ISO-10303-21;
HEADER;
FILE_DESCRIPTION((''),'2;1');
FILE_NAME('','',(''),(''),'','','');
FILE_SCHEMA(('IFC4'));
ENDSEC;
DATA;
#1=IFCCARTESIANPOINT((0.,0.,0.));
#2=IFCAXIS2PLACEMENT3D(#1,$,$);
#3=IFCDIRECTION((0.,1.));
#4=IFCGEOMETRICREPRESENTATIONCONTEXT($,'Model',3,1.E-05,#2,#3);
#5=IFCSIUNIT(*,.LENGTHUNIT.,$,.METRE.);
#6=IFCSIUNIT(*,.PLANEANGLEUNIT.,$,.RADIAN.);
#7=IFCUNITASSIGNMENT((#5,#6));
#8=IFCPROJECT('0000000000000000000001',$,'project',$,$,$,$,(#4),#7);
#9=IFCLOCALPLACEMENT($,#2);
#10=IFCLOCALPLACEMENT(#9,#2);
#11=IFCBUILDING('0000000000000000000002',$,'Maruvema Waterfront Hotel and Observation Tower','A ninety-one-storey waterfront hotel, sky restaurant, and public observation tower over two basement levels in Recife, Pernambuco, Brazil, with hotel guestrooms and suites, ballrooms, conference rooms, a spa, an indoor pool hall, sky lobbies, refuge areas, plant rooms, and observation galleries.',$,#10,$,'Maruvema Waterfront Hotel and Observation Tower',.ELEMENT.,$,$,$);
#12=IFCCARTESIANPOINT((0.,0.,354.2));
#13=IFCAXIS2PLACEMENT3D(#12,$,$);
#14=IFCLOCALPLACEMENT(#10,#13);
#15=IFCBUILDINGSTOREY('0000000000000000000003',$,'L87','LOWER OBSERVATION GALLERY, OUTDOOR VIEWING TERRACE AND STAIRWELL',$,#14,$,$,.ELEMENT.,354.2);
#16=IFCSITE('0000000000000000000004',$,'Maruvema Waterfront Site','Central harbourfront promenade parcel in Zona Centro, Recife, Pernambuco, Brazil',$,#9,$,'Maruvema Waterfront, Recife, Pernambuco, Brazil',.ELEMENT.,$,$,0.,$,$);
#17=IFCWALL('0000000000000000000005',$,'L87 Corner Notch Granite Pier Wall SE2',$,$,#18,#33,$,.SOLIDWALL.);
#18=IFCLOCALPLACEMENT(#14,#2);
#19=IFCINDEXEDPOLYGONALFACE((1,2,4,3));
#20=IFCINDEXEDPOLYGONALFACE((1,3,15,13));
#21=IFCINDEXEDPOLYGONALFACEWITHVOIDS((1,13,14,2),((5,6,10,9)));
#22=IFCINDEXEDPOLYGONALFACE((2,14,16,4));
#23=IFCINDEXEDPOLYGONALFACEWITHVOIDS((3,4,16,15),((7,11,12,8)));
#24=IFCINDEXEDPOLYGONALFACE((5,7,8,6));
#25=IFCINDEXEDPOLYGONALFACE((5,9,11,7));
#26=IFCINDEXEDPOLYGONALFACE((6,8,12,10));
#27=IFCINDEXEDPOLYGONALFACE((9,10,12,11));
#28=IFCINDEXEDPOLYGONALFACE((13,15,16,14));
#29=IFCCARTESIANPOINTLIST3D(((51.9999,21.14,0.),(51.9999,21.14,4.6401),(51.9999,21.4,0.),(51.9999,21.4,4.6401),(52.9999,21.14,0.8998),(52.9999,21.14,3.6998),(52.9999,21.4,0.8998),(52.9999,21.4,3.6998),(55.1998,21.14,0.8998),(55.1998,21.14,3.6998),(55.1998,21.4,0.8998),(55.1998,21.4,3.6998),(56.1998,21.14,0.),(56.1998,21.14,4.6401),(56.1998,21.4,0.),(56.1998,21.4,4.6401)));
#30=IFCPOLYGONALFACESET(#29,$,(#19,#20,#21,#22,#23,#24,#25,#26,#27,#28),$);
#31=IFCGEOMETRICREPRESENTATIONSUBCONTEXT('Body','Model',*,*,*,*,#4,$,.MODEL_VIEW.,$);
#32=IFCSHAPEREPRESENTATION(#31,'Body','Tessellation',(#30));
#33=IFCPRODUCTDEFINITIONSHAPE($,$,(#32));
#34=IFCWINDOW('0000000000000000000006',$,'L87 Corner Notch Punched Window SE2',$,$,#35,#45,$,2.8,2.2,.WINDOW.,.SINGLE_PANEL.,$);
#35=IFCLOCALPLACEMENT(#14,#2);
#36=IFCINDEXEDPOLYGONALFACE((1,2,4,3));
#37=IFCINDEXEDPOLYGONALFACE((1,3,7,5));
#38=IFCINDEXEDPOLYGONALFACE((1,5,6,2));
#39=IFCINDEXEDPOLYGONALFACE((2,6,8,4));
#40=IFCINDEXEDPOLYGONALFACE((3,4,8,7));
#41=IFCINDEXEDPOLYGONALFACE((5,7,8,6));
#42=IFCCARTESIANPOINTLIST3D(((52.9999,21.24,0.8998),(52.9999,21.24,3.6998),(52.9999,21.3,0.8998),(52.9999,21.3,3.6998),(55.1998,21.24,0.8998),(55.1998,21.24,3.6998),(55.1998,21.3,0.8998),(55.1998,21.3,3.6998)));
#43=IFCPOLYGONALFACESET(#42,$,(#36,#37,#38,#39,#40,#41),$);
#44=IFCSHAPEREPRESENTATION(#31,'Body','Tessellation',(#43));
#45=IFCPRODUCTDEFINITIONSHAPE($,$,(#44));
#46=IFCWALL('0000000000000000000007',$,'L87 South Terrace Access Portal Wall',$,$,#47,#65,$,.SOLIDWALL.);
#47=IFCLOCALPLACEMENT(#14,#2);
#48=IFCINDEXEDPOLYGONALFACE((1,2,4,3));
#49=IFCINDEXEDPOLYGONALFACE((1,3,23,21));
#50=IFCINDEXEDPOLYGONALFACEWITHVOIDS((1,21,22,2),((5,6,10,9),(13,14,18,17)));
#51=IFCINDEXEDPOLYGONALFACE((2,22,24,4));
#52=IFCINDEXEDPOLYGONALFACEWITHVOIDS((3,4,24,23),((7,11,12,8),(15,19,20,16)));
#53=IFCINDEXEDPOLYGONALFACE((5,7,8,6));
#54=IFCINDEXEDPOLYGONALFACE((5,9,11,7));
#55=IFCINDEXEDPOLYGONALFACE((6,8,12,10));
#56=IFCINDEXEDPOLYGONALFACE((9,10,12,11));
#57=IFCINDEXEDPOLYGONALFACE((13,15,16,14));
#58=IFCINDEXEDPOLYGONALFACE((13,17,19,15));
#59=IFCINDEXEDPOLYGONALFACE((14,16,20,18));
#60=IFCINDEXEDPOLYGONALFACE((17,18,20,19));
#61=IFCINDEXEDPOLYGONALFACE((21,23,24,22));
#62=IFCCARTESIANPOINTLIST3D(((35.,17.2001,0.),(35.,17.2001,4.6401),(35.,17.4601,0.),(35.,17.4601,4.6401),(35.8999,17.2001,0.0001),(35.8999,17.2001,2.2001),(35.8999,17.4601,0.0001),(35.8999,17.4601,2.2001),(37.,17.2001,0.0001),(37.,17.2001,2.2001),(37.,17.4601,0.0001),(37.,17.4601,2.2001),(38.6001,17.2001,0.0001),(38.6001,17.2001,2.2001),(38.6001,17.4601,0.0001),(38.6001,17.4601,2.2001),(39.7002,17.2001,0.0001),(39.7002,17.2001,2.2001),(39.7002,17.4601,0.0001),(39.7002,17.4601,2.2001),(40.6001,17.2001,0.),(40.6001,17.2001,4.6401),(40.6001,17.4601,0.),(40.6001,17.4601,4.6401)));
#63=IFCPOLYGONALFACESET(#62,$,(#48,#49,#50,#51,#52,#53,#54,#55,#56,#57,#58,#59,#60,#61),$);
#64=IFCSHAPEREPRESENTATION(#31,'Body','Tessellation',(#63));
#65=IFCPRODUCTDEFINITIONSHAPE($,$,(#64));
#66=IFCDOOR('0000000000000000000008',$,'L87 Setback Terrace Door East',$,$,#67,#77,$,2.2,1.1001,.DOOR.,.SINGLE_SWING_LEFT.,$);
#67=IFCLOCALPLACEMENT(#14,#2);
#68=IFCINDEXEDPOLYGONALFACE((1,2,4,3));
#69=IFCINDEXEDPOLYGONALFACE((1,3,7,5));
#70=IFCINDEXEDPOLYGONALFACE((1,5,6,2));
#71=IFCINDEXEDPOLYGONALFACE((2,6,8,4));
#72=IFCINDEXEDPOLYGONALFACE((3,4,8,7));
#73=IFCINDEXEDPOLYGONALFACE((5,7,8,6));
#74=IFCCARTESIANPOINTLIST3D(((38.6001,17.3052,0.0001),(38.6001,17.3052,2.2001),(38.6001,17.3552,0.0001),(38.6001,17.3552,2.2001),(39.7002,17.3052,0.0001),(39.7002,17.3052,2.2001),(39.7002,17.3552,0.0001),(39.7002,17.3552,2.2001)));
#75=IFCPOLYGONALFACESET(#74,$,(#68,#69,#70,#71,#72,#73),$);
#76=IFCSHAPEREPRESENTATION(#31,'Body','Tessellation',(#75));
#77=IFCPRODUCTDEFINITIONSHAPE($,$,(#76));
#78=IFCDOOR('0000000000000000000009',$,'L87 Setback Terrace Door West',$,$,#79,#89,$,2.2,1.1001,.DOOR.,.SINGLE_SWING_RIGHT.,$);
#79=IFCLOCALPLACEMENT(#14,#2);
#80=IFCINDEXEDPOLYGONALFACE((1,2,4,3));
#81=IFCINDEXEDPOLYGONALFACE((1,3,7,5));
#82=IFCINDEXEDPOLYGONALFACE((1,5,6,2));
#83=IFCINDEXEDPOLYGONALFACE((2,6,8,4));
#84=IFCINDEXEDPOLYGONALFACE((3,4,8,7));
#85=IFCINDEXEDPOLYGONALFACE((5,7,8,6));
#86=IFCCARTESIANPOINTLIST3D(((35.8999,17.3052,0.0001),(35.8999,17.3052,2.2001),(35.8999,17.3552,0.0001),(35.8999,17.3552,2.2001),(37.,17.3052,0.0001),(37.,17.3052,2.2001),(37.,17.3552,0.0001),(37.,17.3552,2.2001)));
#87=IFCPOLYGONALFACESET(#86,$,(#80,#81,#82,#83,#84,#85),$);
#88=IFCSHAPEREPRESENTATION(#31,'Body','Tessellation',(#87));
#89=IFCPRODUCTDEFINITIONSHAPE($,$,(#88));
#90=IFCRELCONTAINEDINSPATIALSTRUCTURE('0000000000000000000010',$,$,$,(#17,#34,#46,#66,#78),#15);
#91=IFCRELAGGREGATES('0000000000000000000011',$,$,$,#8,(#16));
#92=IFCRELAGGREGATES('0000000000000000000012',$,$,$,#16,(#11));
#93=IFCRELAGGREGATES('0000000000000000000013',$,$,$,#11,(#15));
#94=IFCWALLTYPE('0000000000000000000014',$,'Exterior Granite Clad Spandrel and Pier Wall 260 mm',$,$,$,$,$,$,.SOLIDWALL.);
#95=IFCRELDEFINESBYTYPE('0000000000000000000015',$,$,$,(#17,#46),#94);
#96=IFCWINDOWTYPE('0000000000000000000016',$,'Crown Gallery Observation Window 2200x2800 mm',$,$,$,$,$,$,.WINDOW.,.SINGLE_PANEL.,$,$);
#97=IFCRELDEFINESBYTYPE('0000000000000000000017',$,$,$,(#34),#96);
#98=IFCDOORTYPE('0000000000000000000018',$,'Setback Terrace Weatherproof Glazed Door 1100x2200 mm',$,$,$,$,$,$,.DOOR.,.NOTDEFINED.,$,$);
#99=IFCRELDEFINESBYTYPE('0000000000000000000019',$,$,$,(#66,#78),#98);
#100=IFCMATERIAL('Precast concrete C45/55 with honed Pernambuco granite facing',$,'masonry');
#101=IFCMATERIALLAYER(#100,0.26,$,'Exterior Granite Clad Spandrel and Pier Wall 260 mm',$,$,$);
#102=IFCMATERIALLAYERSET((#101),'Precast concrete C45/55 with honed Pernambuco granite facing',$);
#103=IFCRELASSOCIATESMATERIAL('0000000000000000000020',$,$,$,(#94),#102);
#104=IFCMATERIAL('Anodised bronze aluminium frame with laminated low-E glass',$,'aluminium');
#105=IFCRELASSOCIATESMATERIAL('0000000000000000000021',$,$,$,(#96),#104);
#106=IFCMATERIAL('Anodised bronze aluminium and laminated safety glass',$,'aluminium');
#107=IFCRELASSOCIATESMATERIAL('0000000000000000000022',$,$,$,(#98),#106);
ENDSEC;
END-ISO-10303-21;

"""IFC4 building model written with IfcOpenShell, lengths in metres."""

from ifc_helpers import new_model, si_unit, direction, frame, frame_2d, origin, place, context, subcontext, project, spatial, rectangle, extrude, material, layer, layer_set, type_object, element, fill, save


model = new_model("IFC4")

# Units and contexts
model_context = context("Model", 3, precision=1e-05, world=origin(), true_north=direction((0.0, 1.0)))
body_context = subcontext(model_context, "Body", "Model", "MODEL_VIEW")
ifc_project = project(units=[si_unit("LENGTHUNIT", "METRE"), si_unit("PLANEANGLEUNIT", "RADIAN")], contexts=[model_context])

# Site, building, storey
site_placement = place(None, origin())
site = spatial("IfcSite", under=ifc_project, at=site_placement, Name="Maruvema Waterfront Site", Description="Central harbourfront promenade parcel in Zona Centro, Recife, Pernambuco, Brazil", LongName="Maruvema Waterfront, Recife, Pernambuco, Brazil", CompositionType="ELEMENT", RefElevation=0.0)
building_placement = place(site_placement, origin())
building = spatial("IfcBuilding", under=site, at=building_placement, Name="Maruvema Waterfront Hotel and Observation Tower", Description="A ninety-one-storey waterfront hotel, sky restaurant, and public observation tower over two basement levels in Recife, Pernambuco, Brazil, with hotel guestrooms and suites, ballrooms, conference rooms, a spa, an indoor pool hall, sky lobbies, refuge areas, plant rooms, and observation galleries.", LongName="Maruvema Waterfront Hotel and Observation Tower", CompositionType="ELEMENT")
storey_placement = place(building_placement, frame((0.0, 0.0, 354.2)))
storey = spatial("IfcBuildingStorey", under=building, at=storey_placement, Name="L87", Description="LOWER OBSERVATION GALLERY, OUTDOOR VIEWING TERRACE AND STAIRWELL", CompositionType="ELEMENT", Elevation=354.2)

# Shared definitions
ifc_material_1 = material(Name="Precast concrete C45/55 with honed Pernambuco granite facing", Category="masonry")
ifc_layer_1 = layer(ifc_material_1, 0.26, Name="Exterior Granite Clad Spandrel and Pier Wall 260 mm")
ifc_layer_set_1 = layer_set([ifc_layer_1], Name="Precast concrete C45/55 with honed Pernambuco granite facing")
wall_type_1 = type_object("IfcWallType", Name="Exterior Granite Clad Spandrel and Pier Wall 260 mm", PredefinedType="SOLIDWALL", material=ifc_layer_set_1)

# Wall, opening, window
wall_1_placement = place(storey_placement, frame((56.2, 21.27, 0.0), z_axis=(0.0, 0.0, 1.0), x_axis=(-1.0, 0.0, 0.0)))
wall_1 = element("IfcWall", 1, at=wall_1_placement, inside=storey, type_object=wall_type_1, Name="L87 Corner Notch Granite Pier Wall SE2", PredefinedType="SOLIDWALL", context=body_context, shape_type="SweptSolid", body=[
    extrude(rectangle(XDim=4.2, YDim=0.26, at=frame_2d((2.1001, 0.0))), origin(), (0.0, 0.0, 1.0), 4.6401),
])
opening_1_placement = place(wall_1_placement, frame((1.0, 0.0, 0.8999)))
opening_1 = element("IfcOpeningElement", 2, at=opening_1_placement, cuts=wall_1, PredefinedType="OPENING", context=body_context, shape_type="SweptSolid", body=[
    extrude(rectangle(XDim=2.2, YDim=2.8, at=frame_2d((1.1001, 1.3999))), frame((0.0, 0.1401, 0.0), z_axis=(0.0, -1.0, 0.0), x_axis=(1.0, 0.0, 0.0)), (0.0, 0.0, 1.0), 0.28),
])
ifc_material_2 = material(Name="Anodised bronze aluminium frame with laminated low-E glass", Category="aluminium")
window_type = type_object("IfcWindowType", Name="Crown Gallery Observation Window 2200x2800 mm", PartitioningType="SINGLE_PANEL", PredefinedType="WINDOW", material=ifc_material_2)
window_placement = place(opening_1_placement, origin())
window = element("IfcWindow", 3, at=window_placement, inside=storey, type_object=window_type, Name="L87 Corner Notch Punched Window SE2", OverallHeight=2.8, OverallWidth=2.2, PartitioningType="SINGLE_PANEL", PredefinedType="WINDOW", context=body_context, shape_type="SweptSolid", body=[
    extrude(rectangle(XDim=2.2, YDim=2.8, at=frame_2d((1.1001, 1.3999))), frame((0.0, 0.03, 0.0), z_axis=(0.0, -1.0, 0.0), x_axis=(1.0, 0.0, 0.0)), (0.0, 0.0, 1.0), 0.0601),
])
fill(opening_1, window)

# Wall, openings, doors
wall_2_placement = place(storey_placement, frame((40.6001, 17.3301, 0.0), z_axis=(0.0, 0.0, 1.0), x_axis=(-1.0, 0.0, 0.0)))
wall_2 = element("IfcWall", 4, at=wall_2_placement, inside=storey, type_object=wall_type_1, Name="L87 South Terrace Access Portal Wall", PredefinedType="SOLIDWALL", context=body_context, shape_type="SweptSolid", body=[
    extrude(rectangle(XDim=5.6001, YDim=0.26, at=frame_2d((2.8, 0.0))), origin(), (0.0, 0.0, 1.0), 4.6401),
])
opening_2_placement = place(wall_2_placement, frame((0.8999, 0.0, 0.0)))
opening_2 = element("IfcOpeningElement", 5, at=opening_2_placement, cuts=wall_2, PredefinedType="OPENING", context=body_context, shape_type="SweptSolid", body=[
    extrude(rectangle(XDim=1.1001, YDim=2.2, at=frame_2d((0.55, 1.1001))), frame((0.0, 0.1401, 0.0), z_axis=(0.0, -1.0, 0.0), x_axis=(1.0, 0.0, 0.0)), (0.0, 0.0, 1.0), 0.28),
])
opening_3_placement = place(wall_2_placement, frame((3.6001, 0.0, 0.0)))
opening_3 = element("IfcOpeningElement", 6, at=opening_3_placement, cuts=wall_2, PredefinedType="OPENING", context=body_context, shape_type="SweptSolid", body=[
    extrude(rectangle(XDim=1.1001, YDim=2.2, at=frame_2d((0.55, 1.1001))), frame((0.0, 0.1401, 0.0), z_axis=(0.0, -1.0, 0.0), x_axis=(1.0, 0.0, 0.0)), (0.0, 0.0, 1.0), 0.28),
])
ifc_material_3 = material(Name="Anodised bronze aluminium and laminated safety glass", Category="aluminium")
door_type = type_object("IfcDoorType", Name="Setback Terrace Weatherproof Glazed Door 1100x2200 mm", OperationType="NOTDEFINED", PredefinedType="DOOR", material=ifc_material_3)
door_1_placement = place(opening_2_placement, origin())
door_1 = element("IfcDoor", 7, at=door_1_placement, inside=storey, type_object=door_type, Name="L87 Setback Terrace Door East", OperationType="SINGLE_SWING_LEFT", OverallHeight=2.2, OverallWidth=1.1001, PredefinedType="DOOR", context=body_context, shape_type="SweptSolid", body=[
    extrude(rectangle(XDim=1.1001, YDim=2.2, at=frame_2d((0.55, 1.1001))), frame((0.0, 0.0249, 0.0), z_axis=(0.0, -1.0, 0.0), x_axis=(1.0, 0.0, 0.0)), (0.0, 0.0, 1.0), 0.05),
])
fill(opening_2, door_1)
door_2_placement = place(opening_3_placement, origin())
door_2 = element("IfcDoor", 8, at=door_2_placement, inside=storey, type_object=door_type, Name="L87 Setback Terrace Door West", OperationType="SINGLE_SWING_RIGHT", OverallHeight=2.2, OverallWidth=1.1001, PredefinedType="DOOR", context=body_context, shape_type="SweptSolid", body=[
    extrude(rectangle(XDim=1.1001, YDim=2.2, at=frame_2d((0.55, 1.1001))), frame((0.0, 0.0249, 0.0), z_axis=(0.0, -1.0, 0.0), x_axis=(1.0, 0.0, 0.0)), (0.0, 0.0, 1.0), 0.05),
])
fill(opening_3, door_2)

save(model, "model.ifc")
